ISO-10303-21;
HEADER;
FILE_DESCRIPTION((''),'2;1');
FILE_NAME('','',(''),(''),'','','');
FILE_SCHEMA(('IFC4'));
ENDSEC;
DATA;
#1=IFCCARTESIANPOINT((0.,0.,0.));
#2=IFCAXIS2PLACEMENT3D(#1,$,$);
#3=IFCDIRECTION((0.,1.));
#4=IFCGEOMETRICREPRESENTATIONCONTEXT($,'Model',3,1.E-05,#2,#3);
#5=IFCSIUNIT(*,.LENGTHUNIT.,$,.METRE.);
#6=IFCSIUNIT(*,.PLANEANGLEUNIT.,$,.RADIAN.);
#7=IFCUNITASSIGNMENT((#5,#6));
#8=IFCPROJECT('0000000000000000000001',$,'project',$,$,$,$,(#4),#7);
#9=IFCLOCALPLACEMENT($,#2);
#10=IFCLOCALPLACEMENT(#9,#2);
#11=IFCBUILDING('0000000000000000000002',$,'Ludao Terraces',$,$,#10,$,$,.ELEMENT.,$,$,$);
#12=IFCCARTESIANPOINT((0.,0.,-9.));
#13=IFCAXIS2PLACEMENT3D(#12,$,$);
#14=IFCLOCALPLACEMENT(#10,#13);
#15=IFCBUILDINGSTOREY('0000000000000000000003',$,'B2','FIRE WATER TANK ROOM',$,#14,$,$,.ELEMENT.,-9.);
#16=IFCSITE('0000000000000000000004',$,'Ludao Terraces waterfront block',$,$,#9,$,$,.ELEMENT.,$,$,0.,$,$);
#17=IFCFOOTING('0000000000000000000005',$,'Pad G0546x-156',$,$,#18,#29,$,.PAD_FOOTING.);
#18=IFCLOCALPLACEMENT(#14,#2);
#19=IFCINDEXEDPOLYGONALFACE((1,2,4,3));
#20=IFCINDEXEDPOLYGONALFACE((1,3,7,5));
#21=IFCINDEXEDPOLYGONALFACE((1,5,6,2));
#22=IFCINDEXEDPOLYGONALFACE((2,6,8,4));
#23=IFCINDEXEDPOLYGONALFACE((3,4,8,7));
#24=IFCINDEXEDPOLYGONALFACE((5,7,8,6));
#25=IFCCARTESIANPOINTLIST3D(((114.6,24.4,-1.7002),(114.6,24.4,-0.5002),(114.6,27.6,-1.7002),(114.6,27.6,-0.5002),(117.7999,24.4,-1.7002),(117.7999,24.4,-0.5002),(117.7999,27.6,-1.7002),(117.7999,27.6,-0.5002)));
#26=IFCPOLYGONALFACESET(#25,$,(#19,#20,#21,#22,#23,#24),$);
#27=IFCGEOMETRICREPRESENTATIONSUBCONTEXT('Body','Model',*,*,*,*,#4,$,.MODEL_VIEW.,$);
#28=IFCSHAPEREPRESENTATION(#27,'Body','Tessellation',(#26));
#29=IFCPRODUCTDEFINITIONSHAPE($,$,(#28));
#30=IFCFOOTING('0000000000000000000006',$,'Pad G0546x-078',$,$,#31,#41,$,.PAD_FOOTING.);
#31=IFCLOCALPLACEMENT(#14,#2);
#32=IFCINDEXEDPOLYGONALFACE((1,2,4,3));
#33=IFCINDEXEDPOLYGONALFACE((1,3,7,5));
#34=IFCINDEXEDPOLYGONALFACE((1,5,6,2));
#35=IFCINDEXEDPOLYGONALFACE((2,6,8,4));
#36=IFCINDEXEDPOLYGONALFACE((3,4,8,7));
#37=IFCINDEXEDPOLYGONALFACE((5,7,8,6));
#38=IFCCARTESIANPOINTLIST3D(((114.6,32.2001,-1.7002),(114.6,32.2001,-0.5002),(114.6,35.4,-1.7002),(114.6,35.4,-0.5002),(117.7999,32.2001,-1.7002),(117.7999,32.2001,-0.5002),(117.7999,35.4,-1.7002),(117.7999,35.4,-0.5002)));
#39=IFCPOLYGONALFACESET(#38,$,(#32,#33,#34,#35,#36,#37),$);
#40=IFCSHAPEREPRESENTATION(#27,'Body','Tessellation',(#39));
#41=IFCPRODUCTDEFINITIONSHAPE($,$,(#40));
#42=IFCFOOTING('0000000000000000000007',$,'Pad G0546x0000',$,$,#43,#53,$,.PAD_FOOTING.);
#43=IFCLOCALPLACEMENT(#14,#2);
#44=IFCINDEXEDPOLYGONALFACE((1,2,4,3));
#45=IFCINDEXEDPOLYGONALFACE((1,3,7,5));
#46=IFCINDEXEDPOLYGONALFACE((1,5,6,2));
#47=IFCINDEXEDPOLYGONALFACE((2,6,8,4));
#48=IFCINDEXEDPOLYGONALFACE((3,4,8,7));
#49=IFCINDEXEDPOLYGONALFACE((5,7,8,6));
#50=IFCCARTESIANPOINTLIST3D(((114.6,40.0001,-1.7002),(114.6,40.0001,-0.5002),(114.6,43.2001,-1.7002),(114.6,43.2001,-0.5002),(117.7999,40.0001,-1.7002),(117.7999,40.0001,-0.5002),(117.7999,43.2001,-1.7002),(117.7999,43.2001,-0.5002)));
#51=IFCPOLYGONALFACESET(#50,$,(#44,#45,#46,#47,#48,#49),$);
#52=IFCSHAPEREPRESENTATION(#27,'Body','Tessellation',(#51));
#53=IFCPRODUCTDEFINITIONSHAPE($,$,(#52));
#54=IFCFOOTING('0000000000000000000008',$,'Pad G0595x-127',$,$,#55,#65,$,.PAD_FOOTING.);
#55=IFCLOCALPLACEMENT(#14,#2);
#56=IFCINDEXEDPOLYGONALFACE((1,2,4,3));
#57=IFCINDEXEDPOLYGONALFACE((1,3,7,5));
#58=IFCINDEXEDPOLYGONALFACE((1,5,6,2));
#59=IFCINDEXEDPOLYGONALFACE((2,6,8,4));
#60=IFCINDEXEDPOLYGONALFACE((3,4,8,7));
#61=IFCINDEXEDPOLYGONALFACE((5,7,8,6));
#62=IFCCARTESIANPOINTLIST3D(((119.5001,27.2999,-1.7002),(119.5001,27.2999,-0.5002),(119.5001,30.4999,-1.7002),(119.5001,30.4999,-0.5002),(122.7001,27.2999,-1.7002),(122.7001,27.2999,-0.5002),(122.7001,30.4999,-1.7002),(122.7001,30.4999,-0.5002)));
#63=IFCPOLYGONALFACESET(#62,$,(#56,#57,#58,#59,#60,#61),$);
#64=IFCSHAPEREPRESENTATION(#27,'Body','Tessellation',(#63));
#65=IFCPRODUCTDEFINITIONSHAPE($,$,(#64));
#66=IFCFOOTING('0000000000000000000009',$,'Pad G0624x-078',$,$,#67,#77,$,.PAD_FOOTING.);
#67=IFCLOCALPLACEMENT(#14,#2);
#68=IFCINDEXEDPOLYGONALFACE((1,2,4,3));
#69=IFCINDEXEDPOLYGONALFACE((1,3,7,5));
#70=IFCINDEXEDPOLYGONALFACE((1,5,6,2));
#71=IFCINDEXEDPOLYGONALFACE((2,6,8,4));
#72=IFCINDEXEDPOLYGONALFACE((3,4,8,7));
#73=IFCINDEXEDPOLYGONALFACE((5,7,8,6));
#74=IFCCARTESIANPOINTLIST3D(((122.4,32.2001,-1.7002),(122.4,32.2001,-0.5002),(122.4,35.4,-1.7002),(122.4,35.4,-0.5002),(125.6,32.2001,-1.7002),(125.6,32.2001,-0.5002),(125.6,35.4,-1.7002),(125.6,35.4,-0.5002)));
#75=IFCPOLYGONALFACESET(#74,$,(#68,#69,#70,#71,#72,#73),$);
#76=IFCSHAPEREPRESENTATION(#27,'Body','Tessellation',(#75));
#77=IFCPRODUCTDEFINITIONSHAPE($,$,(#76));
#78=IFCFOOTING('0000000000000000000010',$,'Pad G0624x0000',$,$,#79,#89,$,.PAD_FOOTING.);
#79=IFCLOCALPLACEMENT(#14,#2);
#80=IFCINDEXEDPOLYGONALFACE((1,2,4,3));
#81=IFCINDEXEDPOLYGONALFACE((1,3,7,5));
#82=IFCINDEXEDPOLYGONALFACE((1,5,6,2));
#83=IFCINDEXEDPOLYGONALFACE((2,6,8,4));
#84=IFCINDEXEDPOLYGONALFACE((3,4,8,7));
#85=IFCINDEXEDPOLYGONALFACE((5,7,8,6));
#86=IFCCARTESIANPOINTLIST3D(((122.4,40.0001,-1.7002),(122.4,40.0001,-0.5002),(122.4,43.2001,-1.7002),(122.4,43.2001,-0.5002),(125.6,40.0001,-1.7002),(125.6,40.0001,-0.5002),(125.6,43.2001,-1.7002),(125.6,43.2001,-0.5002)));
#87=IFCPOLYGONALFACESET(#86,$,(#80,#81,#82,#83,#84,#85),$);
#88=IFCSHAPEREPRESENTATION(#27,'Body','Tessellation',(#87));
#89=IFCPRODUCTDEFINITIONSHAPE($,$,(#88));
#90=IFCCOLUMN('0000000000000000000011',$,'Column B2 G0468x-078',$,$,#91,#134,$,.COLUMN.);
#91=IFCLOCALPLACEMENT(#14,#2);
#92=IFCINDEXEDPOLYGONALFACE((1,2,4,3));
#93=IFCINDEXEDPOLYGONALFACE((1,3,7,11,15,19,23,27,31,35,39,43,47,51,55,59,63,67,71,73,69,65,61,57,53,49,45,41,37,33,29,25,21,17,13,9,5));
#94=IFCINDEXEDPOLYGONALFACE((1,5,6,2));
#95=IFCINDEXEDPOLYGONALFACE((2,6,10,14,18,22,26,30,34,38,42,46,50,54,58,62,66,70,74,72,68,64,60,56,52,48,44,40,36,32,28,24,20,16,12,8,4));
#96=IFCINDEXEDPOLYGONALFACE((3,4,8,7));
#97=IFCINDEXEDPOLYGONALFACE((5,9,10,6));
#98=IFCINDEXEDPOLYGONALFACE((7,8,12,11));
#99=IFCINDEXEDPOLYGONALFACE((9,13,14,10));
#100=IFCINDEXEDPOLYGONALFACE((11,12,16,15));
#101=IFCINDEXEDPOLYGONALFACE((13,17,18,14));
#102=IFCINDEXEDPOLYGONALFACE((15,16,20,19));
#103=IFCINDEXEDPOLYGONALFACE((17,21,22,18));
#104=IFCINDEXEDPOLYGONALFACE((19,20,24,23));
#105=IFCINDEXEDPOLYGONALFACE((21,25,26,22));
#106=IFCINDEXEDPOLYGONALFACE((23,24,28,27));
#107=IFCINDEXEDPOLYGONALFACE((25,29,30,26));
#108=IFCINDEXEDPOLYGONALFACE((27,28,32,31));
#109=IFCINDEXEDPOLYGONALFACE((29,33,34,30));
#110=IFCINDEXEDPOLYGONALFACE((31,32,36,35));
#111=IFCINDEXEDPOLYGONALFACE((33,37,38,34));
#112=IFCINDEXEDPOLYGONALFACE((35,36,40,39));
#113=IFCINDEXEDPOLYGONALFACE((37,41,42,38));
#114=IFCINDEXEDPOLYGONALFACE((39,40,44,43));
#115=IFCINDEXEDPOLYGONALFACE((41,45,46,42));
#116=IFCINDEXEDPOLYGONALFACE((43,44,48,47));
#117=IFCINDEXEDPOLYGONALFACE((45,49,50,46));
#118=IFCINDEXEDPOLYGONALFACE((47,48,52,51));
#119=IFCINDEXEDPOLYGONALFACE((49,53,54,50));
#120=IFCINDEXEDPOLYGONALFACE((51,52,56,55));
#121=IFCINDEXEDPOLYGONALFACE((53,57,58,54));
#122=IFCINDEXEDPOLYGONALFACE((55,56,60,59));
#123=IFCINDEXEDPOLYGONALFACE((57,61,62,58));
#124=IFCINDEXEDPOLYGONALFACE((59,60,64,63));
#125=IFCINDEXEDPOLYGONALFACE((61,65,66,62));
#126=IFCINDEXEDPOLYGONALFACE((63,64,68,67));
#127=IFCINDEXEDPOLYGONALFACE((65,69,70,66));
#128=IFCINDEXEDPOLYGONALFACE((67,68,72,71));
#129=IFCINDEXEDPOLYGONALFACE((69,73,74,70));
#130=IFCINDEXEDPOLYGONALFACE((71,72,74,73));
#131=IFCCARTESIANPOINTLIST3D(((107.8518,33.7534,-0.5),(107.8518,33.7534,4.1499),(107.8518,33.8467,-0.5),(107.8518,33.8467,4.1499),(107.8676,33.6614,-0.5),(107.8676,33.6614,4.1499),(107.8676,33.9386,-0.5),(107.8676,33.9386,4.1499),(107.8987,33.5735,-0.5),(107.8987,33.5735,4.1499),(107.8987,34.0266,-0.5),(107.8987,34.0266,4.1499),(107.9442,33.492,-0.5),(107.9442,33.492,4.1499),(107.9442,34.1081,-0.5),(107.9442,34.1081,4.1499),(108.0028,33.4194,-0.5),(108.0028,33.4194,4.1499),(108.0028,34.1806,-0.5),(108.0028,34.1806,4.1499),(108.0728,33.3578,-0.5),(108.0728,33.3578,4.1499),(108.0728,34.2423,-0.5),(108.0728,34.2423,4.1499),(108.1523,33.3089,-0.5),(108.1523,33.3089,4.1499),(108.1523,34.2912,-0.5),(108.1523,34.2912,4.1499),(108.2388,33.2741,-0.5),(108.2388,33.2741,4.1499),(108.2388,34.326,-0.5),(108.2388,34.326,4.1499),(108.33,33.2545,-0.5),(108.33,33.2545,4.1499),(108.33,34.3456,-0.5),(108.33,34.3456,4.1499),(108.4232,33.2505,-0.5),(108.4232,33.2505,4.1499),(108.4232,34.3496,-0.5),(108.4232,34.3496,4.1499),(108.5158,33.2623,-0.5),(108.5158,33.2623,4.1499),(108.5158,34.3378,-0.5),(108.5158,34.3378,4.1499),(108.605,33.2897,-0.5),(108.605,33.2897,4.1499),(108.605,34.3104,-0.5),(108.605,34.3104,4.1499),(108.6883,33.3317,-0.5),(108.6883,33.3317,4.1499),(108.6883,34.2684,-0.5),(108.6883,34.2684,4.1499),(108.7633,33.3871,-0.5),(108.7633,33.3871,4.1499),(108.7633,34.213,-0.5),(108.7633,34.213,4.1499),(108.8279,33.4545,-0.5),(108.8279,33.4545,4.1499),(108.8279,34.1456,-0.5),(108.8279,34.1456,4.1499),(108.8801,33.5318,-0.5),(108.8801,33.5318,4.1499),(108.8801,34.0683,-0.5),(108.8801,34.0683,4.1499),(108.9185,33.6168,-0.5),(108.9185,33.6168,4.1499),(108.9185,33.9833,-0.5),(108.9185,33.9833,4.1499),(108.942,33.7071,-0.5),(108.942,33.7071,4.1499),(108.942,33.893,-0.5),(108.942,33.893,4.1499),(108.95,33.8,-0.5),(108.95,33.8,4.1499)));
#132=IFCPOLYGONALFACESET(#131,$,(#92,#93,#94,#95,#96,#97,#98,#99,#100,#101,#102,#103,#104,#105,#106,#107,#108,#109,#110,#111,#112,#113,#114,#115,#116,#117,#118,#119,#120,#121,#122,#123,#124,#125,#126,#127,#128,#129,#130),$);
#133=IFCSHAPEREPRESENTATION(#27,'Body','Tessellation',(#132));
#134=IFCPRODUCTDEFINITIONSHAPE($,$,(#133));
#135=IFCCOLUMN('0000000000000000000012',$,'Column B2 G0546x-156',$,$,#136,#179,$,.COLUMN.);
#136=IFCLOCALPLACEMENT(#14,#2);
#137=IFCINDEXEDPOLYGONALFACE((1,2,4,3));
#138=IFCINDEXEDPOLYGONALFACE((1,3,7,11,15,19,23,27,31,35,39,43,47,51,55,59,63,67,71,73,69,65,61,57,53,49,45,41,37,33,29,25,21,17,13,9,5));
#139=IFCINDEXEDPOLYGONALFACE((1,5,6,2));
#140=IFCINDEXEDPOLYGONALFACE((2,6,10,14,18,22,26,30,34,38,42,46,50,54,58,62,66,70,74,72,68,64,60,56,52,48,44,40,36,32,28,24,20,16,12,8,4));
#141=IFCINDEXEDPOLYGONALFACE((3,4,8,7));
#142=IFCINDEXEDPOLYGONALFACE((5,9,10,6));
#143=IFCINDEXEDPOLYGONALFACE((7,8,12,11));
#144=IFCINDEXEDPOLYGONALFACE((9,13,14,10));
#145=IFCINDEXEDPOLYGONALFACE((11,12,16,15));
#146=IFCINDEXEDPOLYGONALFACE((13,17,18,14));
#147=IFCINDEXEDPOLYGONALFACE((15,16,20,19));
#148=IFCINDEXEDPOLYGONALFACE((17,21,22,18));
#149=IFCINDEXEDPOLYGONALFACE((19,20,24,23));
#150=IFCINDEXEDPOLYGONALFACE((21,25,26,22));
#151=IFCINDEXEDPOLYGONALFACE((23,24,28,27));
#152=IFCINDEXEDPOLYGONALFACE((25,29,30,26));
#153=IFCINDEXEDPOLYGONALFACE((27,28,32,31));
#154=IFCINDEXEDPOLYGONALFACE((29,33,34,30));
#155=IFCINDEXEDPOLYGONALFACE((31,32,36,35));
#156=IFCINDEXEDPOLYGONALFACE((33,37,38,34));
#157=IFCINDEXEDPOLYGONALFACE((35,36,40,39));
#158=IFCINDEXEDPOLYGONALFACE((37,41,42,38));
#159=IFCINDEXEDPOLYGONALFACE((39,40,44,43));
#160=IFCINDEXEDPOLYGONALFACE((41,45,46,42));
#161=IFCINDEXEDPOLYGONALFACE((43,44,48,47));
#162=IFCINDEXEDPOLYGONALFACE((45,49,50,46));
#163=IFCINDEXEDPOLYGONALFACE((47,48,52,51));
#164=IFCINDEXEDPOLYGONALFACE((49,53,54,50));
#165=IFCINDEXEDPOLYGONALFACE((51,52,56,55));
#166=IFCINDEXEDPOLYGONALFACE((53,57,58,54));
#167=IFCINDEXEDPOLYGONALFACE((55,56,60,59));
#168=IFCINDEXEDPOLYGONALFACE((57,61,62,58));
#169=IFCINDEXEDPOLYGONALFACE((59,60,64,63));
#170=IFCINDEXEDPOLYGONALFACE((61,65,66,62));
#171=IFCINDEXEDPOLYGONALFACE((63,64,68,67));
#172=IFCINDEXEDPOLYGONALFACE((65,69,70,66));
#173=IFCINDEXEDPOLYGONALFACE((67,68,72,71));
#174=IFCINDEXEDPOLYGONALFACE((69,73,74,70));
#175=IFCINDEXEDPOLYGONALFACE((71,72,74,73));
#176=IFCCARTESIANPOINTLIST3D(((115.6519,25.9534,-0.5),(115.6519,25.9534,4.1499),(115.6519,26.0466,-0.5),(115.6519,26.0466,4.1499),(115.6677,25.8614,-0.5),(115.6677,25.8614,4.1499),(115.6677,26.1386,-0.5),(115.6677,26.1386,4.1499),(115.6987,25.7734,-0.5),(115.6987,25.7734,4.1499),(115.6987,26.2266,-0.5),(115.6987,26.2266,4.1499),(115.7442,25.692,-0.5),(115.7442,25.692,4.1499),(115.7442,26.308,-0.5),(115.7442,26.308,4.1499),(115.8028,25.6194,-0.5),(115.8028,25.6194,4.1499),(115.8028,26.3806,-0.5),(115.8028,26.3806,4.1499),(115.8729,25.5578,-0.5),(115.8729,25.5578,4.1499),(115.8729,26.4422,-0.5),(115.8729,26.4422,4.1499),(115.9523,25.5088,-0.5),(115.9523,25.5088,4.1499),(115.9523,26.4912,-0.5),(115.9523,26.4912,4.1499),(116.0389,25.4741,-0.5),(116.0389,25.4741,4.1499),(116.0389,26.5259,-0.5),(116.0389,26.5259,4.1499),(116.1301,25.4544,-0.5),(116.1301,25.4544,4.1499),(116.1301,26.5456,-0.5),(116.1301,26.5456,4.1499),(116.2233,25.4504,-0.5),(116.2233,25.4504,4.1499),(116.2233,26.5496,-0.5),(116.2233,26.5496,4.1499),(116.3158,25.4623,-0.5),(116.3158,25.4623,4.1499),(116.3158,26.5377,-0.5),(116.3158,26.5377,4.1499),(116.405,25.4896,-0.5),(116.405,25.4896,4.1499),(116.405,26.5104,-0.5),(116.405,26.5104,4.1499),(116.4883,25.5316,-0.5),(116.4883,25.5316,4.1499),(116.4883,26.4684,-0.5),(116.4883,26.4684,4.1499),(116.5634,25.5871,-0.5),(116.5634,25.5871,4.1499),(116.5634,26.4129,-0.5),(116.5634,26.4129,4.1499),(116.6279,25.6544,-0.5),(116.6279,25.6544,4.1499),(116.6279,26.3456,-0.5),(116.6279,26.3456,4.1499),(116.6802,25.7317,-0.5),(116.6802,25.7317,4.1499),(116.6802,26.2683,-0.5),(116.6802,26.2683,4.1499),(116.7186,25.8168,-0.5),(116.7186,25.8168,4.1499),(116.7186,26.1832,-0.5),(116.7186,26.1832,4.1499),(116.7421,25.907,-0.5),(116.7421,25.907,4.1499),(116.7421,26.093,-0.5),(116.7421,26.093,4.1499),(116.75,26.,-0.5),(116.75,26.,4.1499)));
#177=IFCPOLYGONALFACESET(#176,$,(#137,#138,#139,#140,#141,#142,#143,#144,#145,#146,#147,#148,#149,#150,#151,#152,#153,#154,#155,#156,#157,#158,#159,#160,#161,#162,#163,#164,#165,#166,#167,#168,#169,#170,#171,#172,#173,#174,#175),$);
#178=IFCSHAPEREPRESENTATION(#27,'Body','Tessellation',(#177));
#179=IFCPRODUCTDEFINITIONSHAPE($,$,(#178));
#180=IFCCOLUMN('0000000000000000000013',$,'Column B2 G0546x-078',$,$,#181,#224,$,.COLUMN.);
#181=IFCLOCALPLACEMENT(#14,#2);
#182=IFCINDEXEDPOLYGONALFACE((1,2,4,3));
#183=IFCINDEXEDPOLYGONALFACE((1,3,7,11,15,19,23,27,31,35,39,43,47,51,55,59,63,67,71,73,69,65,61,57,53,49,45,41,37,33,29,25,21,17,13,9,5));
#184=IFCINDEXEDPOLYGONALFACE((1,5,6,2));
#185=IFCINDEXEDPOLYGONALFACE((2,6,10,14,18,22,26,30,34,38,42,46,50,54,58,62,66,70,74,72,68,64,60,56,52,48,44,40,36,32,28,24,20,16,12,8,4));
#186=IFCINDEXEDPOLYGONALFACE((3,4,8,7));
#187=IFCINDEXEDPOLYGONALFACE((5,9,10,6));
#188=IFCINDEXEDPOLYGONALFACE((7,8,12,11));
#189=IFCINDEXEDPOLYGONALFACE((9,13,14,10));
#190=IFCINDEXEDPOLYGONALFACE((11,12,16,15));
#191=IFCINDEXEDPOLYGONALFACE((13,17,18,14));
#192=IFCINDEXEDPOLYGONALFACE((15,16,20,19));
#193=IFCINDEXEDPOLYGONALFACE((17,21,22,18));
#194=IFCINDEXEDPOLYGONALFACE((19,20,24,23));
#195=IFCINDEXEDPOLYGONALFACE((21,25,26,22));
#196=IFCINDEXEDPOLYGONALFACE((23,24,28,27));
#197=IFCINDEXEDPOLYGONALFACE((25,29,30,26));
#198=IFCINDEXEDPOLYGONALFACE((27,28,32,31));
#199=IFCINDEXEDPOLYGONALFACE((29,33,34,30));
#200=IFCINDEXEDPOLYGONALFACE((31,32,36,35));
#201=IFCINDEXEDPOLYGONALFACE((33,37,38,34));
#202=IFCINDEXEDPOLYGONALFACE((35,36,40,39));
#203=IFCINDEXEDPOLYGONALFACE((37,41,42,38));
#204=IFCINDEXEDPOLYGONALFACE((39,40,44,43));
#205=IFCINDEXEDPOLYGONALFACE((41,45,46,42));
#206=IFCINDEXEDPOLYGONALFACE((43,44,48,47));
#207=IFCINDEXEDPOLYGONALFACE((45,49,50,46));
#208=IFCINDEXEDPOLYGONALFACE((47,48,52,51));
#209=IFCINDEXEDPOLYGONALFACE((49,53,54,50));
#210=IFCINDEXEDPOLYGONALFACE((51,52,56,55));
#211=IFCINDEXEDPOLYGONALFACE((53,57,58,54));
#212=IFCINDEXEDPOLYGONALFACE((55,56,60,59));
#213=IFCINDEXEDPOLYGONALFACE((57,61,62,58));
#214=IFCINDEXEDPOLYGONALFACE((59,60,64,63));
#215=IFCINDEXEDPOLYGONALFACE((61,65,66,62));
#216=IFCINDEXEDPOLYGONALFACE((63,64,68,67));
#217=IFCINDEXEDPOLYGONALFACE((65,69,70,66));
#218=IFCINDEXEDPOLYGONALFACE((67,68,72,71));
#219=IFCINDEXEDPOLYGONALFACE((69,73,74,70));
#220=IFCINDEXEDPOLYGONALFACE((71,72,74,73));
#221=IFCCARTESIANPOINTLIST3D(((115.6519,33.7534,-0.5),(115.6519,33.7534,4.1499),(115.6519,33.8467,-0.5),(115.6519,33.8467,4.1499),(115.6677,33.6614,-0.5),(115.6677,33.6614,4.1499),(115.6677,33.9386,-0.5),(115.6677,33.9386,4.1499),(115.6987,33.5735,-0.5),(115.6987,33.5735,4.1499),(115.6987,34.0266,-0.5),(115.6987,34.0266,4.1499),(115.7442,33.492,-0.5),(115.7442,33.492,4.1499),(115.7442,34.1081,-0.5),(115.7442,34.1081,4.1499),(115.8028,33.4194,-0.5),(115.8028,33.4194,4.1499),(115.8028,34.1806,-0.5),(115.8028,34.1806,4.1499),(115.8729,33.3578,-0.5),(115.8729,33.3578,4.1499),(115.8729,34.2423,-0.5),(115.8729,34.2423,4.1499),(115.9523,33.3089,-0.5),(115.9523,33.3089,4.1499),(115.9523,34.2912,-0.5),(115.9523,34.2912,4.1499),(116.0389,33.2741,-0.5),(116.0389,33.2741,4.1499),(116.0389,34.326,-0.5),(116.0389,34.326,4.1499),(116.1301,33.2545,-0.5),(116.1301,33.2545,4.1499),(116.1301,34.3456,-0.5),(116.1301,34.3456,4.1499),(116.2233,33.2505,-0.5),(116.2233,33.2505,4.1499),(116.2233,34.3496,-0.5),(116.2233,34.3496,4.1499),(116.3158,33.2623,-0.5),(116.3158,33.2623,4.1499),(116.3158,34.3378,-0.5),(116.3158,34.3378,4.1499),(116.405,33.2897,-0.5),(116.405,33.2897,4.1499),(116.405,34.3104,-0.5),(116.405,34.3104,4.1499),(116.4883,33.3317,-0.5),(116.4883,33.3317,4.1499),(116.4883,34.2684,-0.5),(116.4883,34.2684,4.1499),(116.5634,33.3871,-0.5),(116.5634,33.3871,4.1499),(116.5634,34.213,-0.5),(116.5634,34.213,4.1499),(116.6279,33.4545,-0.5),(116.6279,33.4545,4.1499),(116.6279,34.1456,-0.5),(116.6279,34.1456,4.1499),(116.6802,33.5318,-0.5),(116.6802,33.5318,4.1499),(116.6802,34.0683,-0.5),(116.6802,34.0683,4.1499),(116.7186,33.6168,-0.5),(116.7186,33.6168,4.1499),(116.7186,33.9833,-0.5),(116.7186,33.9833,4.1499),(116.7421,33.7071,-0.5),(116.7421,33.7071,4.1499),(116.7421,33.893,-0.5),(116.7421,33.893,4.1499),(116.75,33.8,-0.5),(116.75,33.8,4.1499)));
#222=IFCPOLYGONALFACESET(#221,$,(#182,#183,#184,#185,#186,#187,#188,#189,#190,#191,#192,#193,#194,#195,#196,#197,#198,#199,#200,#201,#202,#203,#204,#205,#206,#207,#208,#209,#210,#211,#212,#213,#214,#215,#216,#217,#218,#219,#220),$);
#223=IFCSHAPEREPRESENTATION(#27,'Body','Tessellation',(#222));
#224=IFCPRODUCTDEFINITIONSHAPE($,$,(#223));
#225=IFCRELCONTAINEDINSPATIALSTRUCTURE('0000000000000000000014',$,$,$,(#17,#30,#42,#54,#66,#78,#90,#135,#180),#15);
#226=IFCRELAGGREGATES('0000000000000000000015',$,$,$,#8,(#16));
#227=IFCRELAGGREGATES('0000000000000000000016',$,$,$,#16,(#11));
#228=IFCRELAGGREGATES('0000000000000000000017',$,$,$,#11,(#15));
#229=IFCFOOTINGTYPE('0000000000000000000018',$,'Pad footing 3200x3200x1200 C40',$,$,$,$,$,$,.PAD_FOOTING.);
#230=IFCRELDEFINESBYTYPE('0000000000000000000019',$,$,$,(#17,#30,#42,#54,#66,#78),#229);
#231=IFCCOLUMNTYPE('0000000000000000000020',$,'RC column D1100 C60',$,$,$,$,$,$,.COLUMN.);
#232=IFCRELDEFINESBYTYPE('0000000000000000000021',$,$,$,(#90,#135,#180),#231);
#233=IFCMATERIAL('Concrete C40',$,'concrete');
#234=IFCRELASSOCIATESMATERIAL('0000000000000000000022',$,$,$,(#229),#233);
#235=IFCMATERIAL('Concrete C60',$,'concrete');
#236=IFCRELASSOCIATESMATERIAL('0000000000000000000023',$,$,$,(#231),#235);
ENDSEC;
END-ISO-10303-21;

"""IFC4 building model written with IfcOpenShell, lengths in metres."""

from ifc_helpers import new_model, si_unit, direction, frame, origin, origin_2d, place, context, subcontext, project, spatial, rectangle, circle, extrude, material, material_profile, profile_set, type_object, element, save


model = new_model("IFC4")

# Units and contexts
model_context = context("Model", 3, precision=1e-05, world=origin(), true_north=direction((0.0, 1.0)))
body_context = subcontext(model_context, "Body", "Model", "MODEL_VIEW")
ifc_project = project(units=[si_unit("LENGTHUNIT", "METRE"), si_unit("PLANEANGLEUNIT", "RADIAN")], contexts=[model_context])

# Site, building, storey
site_placement = place(None, origin())
site = spatial("IfcSite", under=ifc_project, at=site_placement, Name="Ludao Terraces waterfront block", CompositionType="ELEMENT", RefElevation=0.0)
building_placement = place(site_placement, origin())
building = spatial("IfcBuilding", under=site, at=building_placement, Name="Ludao Terraces", CompositionType="ELEMENT")
storey_placement = place(building_placement, frame((0.0, 0.0, -9.0)))
storey = spatial("IfcBuildingStorey", under=building, at=storey_placement, Name="B2", Description="FIRE WATER TANK ROOM", CompositionType="ELEMENT", Elevation=-9.0)

# Footings
ifc_material_1 = material(Name="Concrete C40", Category="concrete")
footing_type = type_object("IfcFootingType", Name="Pad footing 3200x3200x1200 C40", PredefinedType="PAD_FOOTING", material=ifc_material_1)
for number, where, z_axis, x_axis, name in (
    (1, (116.2, 26.0, -1.7002), (0.0, 0.0, 1.0), (1.0, 0.0, 0.0), "Pad G0546x-156"),
    (2, (116.2, 33.8, -1.7002), (0.0, 0.0, 1.0), (1.0, 0.0, 0.0), "Pad G0546x-078"),
    (3, (116.2, 41.6001, -1.7002), (0.0, 0.0, 1.0), (1.0, 0.0, 0.0), "Pad G0546x0000"),
    (4, (121.1001, 28.8999, -1.7002), (0.0, 0.0, 1.0), (1.0, 0.0, 0.0), "Pad G0595x-127"),
    (5, (124.0, 33.8, -1.7002), (0.0, 0.0, 1.0), (1.0, 0.0, 0.0), "Pad G0624x-078"),
    (6, (124.0, 41.6001, -1.7002), (0.0, 0.0, 1.0), (1.0, 0.0, 0.0), "Pad G0624x0000"),
):
    element("IfcFooting", number, at=place(storey_placement, frame(where, z_axis=z_axis, x_axis=x_axis)), inside=storey, type_object=footing_type, Name=name, PredefinedType="PAD_FOOTING", context=body_context, shape_type="SweptSolid", body=[
        extrude(rectangle(XDim=3.2, YDim=3.2, at=origin_2d()), origin(), (0.0, 0.0, 1.0), 1.2),
    ])

# Columns
ifc_material_2 = material(Name="Concrete C60", Category="concrete")
ifc_material_profile = material_profile(ifc_material_2, circle(Radius=0.55, at=origin_2d()), Name="D1100")
ifc_profile_set = profile_set([ifc_material_profile], Name="Concrete C60")
column_type = type_object("IfcColumnType", Name="RC column D1100 C60", PredefinedType="COLUMN", material=ifc_profile_set)
for number, where, z_axis, x_axis, name in (
    (7, (108.3999, 33.8, -0.5), (0.0, 0.0, 1.0), (1.0, 0.0, 0.0), "Column B2 G0468x-078"),
    (8, (116.2, 26.0, -0.5), (0.0, 0.0, 1.0), (1.0, 0.0, 0.0), "Column B2 G0546x-156"),
    (9, (116.2, 33.8, -0.5), (0.0, 0.0, 1.0), (1.0, 0.0, 0.0), "Column B2 G0546x-078"),
):
    element("IfcColumn", number, at=place(storey_placement, frame(where, z_axis=z_axis, x_axis=x_axis)), inside=storey, type_object=column_type, Name=name, PredefinedType="COLUMN", context=body_context, shape_type="SweptSolid", body=[
        extrude(circle(Radius=0.55, at=origin_2d()), origin(), (0.0, 0.0, 1.0), 4.6499),
    ])

save(model, "model.ifc")
